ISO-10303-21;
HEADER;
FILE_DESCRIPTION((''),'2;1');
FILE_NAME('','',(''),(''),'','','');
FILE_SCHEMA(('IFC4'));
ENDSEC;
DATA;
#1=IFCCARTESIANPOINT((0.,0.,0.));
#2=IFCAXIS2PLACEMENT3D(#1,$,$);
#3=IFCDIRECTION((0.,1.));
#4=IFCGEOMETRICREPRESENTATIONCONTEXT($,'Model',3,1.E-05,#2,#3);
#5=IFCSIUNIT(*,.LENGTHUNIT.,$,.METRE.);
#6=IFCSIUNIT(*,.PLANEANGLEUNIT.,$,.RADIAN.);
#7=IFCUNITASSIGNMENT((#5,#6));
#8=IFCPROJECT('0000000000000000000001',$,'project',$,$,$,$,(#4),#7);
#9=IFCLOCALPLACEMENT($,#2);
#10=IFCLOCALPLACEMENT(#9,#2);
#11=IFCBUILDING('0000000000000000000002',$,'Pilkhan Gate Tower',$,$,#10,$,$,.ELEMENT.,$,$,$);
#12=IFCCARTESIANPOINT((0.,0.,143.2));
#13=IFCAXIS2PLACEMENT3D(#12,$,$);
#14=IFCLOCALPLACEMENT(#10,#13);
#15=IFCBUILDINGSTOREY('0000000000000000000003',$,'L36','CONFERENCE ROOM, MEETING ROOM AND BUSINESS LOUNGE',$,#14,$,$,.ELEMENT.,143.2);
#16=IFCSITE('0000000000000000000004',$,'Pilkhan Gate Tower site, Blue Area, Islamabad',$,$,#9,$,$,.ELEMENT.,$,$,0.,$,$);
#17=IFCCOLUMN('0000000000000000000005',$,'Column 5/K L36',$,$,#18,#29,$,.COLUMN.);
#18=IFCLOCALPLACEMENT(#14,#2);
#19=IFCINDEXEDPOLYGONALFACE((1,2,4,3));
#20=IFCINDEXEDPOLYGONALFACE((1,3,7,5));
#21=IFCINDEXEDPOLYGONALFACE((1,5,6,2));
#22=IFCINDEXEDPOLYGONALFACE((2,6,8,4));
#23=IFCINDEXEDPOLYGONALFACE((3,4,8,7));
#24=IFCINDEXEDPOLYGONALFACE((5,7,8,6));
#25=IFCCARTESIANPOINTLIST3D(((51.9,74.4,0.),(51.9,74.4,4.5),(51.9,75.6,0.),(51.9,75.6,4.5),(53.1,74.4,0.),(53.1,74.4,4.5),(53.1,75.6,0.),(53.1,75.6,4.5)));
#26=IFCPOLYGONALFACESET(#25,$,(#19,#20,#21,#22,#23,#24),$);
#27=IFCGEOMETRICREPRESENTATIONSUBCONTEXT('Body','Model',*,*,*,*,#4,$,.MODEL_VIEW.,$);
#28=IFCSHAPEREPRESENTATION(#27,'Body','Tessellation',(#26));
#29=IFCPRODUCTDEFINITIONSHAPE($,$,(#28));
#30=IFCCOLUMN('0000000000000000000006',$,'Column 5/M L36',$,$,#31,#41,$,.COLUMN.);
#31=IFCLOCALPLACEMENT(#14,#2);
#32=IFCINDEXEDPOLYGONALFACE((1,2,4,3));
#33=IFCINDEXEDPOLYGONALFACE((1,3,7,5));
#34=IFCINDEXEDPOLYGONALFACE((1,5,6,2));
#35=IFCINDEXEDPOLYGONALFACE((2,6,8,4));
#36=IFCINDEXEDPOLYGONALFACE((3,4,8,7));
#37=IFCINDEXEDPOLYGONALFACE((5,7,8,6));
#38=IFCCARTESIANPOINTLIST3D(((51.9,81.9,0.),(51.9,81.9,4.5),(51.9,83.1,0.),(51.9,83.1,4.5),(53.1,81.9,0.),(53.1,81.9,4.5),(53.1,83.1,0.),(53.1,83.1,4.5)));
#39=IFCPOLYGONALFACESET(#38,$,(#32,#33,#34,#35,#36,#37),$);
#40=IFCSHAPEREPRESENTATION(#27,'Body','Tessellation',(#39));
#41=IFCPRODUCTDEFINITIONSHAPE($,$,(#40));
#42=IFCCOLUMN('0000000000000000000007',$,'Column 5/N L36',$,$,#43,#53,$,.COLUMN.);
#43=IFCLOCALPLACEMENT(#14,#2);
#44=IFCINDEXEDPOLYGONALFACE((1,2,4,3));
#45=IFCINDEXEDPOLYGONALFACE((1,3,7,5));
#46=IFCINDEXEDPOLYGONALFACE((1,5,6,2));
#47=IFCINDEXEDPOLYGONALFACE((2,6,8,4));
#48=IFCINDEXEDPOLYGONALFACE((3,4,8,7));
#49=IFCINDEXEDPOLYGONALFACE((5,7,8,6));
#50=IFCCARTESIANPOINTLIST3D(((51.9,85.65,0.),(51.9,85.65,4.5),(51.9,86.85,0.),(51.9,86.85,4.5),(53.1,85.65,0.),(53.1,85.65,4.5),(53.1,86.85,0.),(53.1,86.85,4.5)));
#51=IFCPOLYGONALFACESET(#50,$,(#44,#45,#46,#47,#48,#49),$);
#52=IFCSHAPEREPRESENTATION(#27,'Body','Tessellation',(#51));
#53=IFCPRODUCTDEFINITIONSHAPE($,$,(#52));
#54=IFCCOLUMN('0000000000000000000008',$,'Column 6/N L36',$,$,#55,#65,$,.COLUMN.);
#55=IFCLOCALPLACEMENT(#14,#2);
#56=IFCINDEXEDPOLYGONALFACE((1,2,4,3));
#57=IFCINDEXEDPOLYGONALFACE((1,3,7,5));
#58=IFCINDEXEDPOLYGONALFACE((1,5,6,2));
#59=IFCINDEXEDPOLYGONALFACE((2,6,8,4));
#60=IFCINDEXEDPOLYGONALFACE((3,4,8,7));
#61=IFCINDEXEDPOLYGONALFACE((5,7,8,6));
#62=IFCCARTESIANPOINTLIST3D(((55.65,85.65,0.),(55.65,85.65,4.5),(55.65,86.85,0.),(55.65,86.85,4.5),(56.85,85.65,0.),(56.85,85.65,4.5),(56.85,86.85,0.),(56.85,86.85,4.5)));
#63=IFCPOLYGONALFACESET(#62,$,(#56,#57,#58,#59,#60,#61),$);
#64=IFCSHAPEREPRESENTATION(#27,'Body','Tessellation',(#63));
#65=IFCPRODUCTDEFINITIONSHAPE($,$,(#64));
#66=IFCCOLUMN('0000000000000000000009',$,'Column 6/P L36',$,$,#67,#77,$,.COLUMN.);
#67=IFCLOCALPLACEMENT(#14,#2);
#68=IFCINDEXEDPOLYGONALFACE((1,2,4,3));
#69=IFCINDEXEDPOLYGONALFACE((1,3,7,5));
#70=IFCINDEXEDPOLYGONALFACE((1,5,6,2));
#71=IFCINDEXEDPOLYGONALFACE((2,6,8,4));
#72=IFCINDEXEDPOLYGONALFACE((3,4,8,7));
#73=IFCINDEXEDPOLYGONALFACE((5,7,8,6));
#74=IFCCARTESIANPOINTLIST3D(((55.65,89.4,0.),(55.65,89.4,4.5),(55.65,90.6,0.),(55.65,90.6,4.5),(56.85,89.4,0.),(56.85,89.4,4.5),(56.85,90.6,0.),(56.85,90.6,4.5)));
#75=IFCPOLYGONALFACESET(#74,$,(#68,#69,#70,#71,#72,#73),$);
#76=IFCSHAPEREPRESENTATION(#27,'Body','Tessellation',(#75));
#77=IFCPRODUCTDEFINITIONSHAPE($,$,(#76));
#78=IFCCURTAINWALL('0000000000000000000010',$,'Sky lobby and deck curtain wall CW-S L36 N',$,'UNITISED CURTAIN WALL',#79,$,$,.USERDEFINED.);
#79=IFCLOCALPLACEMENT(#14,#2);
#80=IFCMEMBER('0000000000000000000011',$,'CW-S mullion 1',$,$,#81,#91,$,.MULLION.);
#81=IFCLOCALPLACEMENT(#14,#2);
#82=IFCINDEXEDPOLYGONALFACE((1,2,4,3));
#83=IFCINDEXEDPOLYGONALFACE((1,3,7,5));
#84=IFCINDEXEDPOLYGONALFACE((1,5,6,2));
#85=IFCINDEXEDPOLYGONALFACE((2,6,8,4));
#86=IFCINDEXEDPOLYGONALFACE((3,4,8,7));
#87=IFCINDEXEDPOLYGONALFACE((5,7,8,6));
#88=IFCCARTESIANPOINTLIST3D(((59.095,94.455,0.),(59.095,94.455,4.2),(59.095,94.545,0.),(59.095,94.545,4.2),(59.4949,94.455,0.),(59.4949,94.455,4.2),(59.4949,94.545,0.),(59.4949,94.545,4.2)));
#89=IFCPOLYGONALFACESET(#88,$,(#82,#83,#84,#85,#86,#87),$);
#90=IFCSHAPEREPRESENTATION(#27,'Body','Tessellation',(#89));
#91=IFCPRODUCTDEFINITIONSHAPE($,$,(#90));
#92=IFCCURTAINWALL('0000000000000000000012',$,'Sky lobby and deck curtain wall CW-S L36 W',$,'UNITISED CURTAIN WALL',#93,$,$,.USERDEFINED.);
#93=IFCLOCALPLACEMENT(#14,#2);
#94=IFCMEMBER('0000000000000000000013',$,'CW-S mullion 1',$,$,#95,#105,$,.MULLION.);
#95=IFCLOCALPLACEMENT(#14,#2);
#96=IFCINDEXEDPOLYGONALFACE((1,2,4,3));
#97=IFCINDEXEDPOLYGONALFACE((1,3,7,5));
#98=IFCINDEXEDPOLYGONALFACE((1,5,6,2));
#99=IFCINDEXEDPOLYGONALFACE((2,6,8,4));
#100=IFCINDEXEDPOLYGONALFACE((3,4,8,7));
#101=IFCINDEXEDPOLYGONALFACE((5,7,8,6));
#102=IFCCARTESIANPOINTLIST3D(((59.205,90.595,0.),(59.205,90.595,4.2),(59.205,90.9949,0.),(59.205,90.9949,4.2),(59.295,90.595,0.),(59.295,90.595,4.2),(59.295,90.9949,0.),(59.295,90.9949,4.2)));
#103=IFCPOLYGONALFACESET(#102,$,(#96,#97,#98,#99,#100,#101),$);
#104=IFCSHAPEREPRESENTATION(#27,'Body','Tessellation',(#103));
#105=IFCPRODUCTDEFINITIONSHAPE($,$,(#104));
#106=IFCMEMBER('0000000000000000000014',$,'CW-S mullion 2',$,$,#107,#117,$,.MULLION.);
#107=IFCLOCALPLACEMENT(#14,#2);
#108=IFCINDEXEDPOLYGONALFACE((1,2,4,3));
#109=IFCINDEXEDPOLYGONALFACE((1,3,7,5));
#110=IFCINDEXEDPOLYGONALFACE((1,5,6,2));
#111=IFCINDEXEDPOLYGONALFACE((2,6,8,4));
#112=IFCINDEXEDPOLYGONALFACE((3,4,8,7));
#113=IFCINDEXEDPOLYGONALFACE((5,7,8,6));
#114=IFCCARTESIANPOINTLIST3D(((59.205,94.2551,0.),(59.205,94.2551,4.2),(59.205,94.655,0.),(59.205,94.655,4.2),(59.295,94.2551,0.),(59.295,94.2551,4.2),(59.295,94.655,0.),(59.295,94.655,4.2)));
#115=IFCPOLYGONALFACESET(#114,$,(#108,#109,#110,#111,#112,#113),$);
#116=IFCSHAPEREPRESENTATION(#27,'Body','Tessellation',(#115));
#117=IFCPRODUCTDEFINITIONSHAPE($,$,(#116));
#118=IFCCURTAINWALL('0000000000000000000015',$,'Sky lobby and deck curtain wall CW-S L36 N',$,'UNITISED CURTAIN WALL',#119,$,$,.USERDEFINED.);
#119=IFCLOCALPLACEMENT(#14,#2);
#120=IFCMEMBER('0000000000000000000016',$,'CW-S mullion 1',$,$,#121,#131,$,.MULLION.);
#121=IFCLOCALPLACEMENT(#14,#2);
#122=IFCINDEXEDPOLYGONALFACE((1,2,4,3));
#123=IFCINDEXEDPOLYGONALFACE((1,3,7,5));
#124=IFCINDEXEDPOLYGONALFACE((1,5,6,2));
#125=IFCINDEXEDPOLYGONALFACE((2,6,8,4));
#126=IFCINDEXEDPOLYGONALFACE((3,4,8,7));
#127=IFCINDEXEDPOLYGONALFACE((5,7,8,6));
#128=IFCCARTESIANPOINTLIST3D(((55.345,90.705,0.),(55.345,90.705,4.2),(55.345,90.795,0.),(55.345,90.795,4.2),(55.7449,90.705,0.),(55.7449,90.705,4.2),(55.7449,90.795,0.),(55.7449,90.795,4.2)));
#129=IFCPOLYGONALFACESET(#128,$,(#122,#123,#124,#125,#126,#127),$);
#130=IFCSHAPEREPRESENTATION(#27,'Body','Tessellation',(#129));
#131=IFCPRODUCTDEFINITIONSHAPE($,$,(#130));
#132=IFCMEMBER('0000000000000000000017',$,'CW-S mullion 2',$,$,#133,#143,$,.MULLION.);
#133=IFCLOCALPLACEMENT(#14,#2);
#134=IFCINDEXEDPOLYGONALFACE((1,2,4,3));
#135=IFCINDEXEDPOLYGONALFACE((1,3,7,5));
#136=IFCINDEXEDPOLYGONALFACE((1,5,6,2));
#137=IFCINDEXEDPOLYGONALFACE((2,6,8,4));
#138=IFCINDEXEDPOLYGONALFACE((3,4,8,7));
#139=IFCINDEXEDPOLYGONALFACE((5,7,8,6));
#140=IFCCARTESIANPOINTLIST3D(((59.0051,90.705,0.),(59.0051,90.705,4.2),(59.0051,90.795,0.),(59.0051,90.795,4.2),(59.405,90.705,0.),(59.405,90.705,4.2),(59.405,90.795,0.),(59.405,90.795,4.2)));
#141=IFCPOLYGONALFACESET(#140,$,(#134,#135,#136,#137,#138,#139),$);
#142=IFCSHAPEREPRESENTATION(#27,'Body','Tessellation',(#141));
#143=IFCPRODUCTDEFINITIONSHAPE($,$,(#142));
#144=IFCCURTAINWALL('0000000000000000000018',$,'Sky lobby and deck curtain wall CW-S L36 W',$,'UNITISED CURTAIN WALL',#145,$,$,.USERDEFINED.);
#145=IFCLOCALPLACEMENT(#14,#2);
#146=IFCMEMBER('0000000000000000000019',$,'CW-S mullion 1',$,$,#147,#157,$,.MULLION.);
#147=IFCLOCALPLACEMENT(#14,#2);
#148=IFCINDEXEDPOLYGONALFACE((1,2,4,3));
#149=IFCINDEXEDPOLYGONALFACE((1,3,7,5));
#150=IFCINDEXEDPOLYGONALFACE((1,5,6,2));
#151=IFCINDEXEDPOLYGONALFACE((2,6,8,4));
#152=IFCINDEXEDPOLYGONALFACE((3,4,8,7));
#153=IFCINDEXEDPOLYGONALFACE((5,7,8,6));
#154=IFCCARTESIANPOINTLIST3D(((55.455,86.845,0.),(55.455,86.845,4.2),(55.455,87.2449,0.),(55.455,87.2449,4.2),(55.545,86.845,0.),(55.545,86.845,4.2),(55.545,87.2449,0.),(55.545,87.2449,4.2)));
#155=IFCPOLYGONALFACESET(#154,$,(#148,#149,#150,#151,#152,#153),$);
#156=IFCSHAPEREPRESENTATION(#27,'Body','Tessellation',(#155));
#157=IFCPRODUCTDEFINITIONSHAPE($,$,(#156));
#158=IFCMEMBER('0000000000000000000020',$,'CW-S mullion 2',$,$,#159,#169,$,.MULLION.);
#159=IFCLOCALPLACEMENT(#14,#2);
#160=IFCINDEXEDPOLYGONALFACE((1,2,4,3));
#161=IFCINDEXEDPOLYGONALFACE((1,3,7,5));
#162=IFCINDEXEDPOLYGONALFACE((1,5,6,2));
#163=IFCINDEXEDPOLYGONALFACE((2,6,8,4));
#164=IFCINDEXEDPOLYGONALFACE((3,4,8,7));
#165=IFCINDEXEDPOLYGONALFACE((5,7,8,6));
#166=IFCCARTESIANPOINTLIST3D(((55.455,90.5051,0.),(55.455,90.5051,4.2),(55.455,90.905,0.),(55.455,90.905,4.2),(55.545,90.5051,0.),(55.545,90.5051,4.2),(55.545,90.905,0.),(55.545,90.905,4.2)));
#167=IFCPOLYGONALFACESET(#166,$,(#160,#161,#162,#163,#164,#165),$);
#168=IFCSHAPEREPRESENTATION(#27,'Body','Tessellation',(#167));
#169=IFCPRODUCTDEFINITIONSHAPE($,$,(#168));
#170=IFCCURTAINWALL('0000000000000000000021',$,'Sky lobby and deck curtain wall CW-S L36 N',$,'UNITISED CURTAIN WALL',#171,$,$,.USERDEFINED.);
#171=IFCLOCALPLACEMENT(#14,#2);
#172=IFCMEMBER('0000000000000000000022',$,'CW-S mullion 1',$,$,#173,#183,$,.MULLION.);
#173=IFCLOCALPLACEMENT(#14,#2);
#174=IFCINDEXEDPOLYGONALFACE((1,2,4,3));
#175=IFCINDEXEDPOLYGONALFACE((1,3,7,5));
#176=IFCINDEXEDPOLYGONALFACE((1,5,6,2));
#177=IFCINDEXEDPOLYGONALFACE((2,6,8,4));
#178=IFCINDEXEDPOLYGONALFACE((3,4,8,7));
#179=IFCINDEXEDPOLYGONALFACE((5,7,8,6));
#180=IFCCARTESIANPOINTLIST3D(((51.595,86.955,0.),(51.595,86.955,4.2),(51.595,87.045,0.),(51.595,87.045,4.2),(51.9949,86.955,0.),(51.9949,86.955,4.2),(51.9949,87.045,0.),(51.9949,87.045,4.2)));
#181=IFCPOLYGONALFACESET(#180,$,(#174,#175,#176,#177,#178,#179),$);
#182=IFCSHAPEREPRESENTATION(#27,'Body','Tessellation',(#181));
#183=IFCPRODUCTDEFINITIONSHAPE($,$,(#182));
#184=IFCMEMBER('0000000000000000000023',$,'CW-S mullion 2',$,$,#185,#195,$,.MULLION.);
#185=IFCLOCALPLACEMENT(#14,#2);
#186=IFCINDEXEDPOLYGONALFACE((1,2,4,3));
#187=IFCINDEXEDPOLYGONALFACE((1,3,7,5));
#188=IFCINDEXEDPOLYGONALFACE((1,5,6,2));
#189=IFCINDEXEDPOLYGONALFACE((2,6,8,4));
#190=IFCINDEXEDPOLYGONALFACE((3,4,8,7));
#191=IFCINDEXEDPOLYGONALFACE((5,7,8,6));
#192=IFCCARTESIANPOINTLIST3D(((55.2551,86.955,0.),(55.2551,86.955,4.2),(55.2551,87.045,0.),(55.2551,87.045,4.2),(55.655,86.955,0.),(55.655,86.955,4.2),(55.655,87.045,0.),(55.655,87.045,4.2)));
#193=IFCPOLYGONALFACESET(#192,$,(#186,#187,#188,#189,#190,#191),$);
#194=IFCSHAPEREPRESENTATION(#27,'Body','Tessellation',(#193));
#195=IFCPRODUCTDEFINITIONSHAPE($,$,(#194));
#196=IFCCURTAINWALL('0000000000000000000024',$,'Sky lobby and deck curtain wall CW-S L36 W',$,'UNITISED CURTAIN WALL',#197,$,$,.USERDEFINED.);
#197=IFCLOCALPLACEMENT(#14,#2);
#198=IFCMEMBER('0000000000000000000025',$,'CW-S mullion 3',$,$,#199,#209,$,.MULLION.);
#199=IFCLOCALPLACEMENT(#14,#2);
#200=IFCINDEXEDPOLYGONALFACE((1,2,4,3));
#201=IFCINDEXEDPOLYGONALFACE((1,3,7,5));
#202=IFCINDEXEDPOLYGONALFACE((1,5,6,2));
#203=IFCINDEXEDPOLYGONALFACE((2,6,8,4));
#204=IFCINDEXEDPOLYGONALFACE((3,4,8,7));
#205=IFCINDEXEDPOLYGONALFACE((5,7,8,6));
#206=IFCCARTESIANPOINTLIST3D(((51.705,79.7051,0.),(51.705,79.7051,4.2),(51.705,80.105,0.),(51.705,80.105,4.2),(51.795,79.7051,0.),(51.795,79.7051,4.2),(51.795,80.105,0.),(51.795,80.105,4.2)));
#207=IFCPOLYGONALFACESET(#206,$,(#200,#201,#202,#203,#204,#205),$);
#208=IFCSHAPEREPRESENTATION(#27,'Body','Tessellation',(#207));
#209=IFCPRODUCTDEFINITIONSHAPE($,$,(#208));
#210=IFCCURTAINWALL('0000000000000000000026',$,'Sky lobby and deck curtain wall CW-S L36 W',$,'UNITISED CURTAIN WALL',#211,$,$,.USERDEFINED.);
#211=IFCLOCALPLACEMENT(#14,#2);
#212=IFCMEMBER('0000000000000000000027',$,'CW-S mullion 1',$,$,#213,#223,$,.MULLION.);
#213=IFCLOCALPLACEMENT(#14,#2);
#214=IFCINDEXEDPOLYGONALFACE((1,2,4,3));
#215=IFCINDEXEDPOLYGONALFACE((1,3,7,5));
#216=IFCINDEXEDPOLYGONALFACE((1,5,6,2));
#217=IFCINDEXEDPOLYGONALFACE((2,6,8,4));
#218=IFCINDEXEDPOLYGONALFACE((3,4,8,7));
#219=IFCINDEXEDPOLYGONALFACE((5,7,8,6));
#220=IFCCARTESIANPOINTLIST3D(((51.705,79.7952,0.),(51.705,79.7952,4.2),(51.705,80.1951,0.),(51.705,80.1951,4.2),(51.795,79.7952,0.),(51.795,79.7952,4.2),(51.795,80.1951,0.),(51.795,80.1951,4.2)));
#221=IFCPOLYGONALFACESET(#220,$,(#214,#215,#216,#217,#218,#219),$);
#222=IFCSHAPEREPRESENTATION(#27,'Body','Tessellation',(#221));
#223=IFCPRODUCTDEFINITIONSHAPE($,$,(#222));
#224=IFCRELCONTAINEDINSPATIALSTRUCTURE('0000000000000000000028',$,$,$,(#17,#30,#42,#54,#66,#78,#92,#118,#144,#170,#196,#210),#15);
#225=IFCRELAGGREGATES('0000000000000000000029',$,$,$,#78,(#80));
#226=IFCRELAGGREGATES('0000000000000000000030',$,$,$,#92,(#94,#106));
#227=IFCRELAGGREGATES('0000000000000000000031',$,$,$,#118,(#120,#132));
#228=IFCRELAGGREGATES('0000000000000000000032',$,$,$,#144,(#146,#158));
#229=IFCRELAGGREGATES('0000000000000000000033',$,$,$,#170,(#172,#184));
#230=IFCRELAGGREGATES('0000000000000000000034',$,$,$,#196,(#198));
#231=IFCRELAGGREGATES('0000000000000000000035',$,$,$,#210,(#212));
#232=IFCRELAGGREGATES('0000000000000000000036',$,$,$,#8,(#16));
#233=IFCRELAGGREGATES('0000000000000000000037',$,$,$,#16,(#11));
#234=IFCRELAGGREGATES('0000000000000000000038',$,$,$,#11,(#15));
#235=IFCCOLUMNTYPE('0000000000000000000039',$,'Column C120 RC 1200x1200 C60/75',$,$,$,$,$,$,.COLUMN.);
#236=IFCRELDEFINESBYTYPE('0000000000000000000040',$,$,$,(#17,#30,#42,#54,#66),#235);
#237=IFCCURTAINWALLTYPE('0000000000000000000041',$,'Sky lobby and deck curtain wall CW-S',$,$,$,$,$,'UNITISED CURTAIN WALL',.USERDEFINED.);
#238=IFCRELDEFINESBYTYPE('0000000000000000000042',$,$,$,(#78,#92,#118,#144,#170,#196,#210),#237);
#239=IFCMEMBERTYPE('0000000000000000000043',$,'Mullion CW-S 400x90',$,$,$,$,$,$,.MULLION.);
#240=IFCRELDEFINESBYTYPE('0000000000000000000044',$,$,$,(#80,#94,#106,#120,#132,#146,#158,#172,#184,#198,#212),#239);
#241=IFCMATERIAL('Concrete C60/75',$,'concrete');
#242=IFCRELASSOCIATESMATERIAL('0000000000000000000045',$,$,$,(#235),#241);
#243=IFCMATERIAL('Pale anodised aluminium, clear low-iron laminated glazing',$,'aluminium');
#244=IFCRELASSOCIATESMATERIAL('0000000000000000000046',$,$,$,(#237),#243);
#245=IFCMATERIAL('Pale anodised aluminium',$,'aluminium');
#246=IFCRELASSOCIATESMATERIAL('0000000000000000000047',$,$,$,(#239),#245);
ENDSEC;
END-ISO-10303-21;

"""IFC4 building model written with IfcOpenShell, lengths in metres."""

from ifc_helpers import new_model, si_unit, direction, frame, origin, origin_2d, place, context, subcontext, project, spatial, rectangle, extrude, material, material_profile, profile_set, type_object, element, aggregate, save


model = new_model("IFC4")

# Units and contexts
model_context = context("Model", 3, precision=1e-05, world=origin(), true_north=direction((0.0, 1.0)))
body_context = subcontext(model_context, "Body", "Model", "MODEL_VIEW")
ifc_project = project(units=[si_unit("LENGTHUNIT", "METRE"), si_unit("PLANEANGLEUNIT", "RADIAN")], contexts=[model_context])

# Site, building, storey
site_placement = place(None, origin())
site = spatial("IfcSite", under=ifc_project, at=site_placement, Name="Pilkhan Gate Tower site, Blue Area, Islamabad", CompositionType="ELEMENT", RefElevation=0.0)
building_placement = place(site_placement, origin())
building = spatial("IfcBuilding", under=site, at=building_placement, Name="Pilkhan Gate Tower", CompositionType="ELEMENT")
storey_placement = place(building_placement, frame((0.0, 0.0, 143.2)))
storey = spatial("IfcBuildingStorey", under=building, at=storey_placement, Name="L36", Description="CONFERENCE ROOM, MEETING ROOM AND BUSINESS LOUNGE", CompositionType="ELEMENT", Elevation=143.2)

# Columns
ifc_material_1 = material(Name="Concrete C60/75", Category="concrete")
ifc_material_profile_1 = material_profile(ifc_material_1, rectangle(XDim=1.2, YDim=1.2, at=origin_2d()), Name="RC 1200x1200")
ifc_profile_set_1 = profile_set([ifc_material_profile_1], Name="Concrete C60/75")
column_type = type_object("IfcColumnType", Name="Column C120 RC 1200x1200 C60/75", PredefinedType="COLUMN", material=ifc_profile_set_1)
for number, where, z_axis, x_axis, name in (
    (1, (52.5, 75.0, 0.0), (0.0, 0.0, 1.0), (1.0, 0.0, 0.0), "Column 5/K L36"),
    (2, (52.5, 82.5, 0.0), (0.0, 0.0, 1.0), (1.0, 0.0, 0.0), "Column 5/M L36"),
    (3, (52.5, 86.25, 0.0), (0.0, 0.0, 1.0), (1.0, 0.0, 0.0), "Column 5/N L36"),
    (4, (56.25, 86.25, 0.0), (0.0, 0.0, 1.0), (1.0, 0.0, 0.0), "Column 6/N L36"),
    (5, (56.25, 90.0, 0.0), (0.0, 0.0, 1.0), (1.0, 0.0, 0.0), "Column 6/P L36"),
):
    element("IfcColumn", number, at=place(storey_placement, frame(where, z_axis=z_axis, x_axis=x_axis)), inside=storey, type_object=column_type, Name=name, PredefinedType="COLUMN", context=body_context, shape_type="SweptSolid", body=[
        extrude(rectangle(XDim=1.2, YDim=1.2, at=origin_2d()), origin(), (0.0, 0.0, 1.0), 4.5),
    ])

# Curtain wall, member
ifc_material_2 = material(Name="Pale anodised aluminium, clear low-iron laminated glazing", Category="aluminium")
curtain_wall_type = type_object("IfcCurtainWallType", Name="Sky lobby and deck curtain wall CW-S", ElementType="UNITISED CURTAIN WALL", PredefinedType="USERDEFINED", material=ifc_material_2)
curtain_wall_1_placement = place(storey_placement, origin())
curtain_wall_1 = element("IfcCurtainWall", 6, at=curtain_wall_1_placement, inside=storey, type_object=curtain_wall_type, Name="Sky lobby and deck curtain wall CW-S L36 N", ObjectType="UNITISED CURTAIN WALL", PredefinedType="USERDEFINED")
ifc_material_3 = material(Name="Pale anodised aluminium", Category="aluminium")
ifc_material_profile_2 = material_profile(ifc_material_3, rectangle(XDim=0.0901, YDim=0.3999, at=origin_2d()), Name="Mullion 400x90")
ifc_profile_set_2 = profile_set([ifc_material_profile_2], Name="Pale anodised aluminium")
member_type_1 = type_object("IfcMemberType", Name="Mullion CW-S 400x90", PredefinedType="MULLION", material=ifc_profile_set_2)
member_1_placement = place(storey_placement, frame((59.2949, 94.5, 0.0), z_axis=(0.0, 0.0, 1.0), x_axis=(0.0, 1.0, 0.0)))
member_1 = element("IfcMember", 7, at=member_1_placement, type_object=member_type_1, Name="CW-S mullion 1", PredefinedType="MULLION", context=body_context, shape_type="SweptSolid", body=[
    extrude(rectangle(XDim=0.0901, YDim=0.3999, at=origin_2d()), origin(), (0.0, 0.0, 1.0), 4.2),
])

# Curtain walls, members
curtain_wall_2_placement = place(storey_placement, origin())
curtain_wall_2 = element("IfcCurtainWall", 8, at=curtain_wall_2_placement, inside=storey, type_object=curtain_wall_type, Name="Sky lobby and deck curtain wall CW-S L36 W", ObjectType="UNITISED CURTAIN WALL", PredefinedType="USERDEFINED")
member_2_placement = place(storey_placement, frame((59.25, 90.7949, 0.0), z_axis=(0.0, 0.0, 1.0), x_axis=(-1.0, 0.0, 0.0)))
member_2 = element("IfcMember", 9, at=member_2_placement, type_object=member_type_1, Name="CW-S mullion 1", PredefinedType="MULLION", context=body_context, shape_type="SweptSolid", body=[
    extrude(rectangle(XDim=0.0901, YDim=0.3999, at=origin_2d()), origin(), (0.0, 0.0, 1.0), 4.2),
])
member_3_placement = place(storey_placement, frame((59.25, 94.4551, 0.0), z_axis=(0.0, 0.0, 1.0), x_axis=(-1.0, 0.0, 0.0)))
member_3 = element("IfcMember", 10, at=member_3_placement, type_object=member_type_1, Name="CW-S mullion 2", PredefinedType="MULLION", context=body_context, shape_type="SweptSolid", body=[
    extrude(rectangle(XDim=0.0901, YDim=0.3999, at=origin_2d()), origin(), (0.0, 0.0, 1.0), 4.2),
])
curtain_wall_3_placement = place(storey_placement, origin())
curtain_wall_3 = element("IfcCurtainWall", 11, at=curtain_wall_3_placement, inside=storey, type_object=curtain_wall_type, Name="Sky lobby and deck curtain wall CW-S L36 N", ObjectType="UNITISED CURTAIN WALL", PredefinedType="USERDEFINED")
member_4_placement = place(storey_placement, frame((55.5449, 90.75, 0.0), z_axis=(0.0, 0.0, 1.0), x_axis=(0.0, 1.0, 0.0)))
member_4 = element("IfcMember", 12, at=member_4_placement, type_object=member_type_1, Name="CW-S mullion 1", PredefinedType="MULLION", context=body_context, shape_type="SweptSolid", body=[
    extrude(rectangle(XDim=0.0901, YDim=0.3999, at=origin_2d()), origin(), (0.0, 0.0, 1.0), 4.2),
])
member_5_placement = place(storey_placement, frame((59.2051, 90.75, 0.0), z_axis=(0.0, 0.0, 1.0), x_axis=(0.0, 1.0, 0.0)))
member_5 = element("IfcMember", 13, at=member_5_placement, type_object=member_type_1, Name="CW-S mullion 2", PredefinedType="MULLION", context=body_context, shape_type="SweptSolid", body=[
    extrude(rectangle(XDim=0.0901, YDim=0.3999, at=origin_2d()), origin(), (0.0, 0.0, 1.0), 4.2),
])
curtain_wall_4_placement = place(storey_placement, origin())
curtain_wall_4 = element("IfcCurtainWall", 14, at=curtain_wall_4_placement, inside=storey, type_object=curtain_wall_type, Name="Sky lobby and deck curtain wall CW-S L36 W", ObjectType="UNITISED CURTAIN WALL", PredefinedType="USERDEFINED")
member_6_placement = place(storey_placement, frame((55.5, 87.0449, 0.0), z_axis=(0.0, 0.0, 1.0), x_axis=(-1.0, 0.0, 0.0)))
member_6 = element("IfcMember", 15, at=member_6_placement, type_object=member_type_1, Name="CW-S mullion 1", PredefinedType="MULLION", context=body_context, shape_type="SweptSolid", body=[
    extrude(rectangle(XDim=0.0901, YDim=0.3999, at=origin_2d()), origin(), (0.0, 0.0, 1.0), 4.2),
])
member_7_placement = place(storey_placement, frame((55.5, 90.7051, 0.0), z_axis=(0.0, 0.0, 1.0), x_axis=(-1.0, 0.0, 0.0)))
member_7 = element("IfcMember", 16, at=member_7_placement, type_object=member_type_1, Name="CW-S mullion 2", PredefinedType="MULLION", context=body_context, shape_type="SweptSolid", body=[
    extrude(rectangle(XDim=0.0901, YDim=0.3999, at=origin_2d()), origin(), (0.0, 0.0, 1.0), 4.2),
])
curtain_wall_5_placement = place(storey_placement, origin())
curtain_wall_5 = element("IfcCurtainWall", 17, at=curtain_wall_5_placement, inside=storey, type_object=curtain_wall_type, Name="Sky lobby and deck curtain wall CW-S L36 N", ObjectType="UNITISED CURTAIN WALL", PredefinedType="USERDEFINED")
member_8_placement = place(storey_placement, frame((51.7949, 87.0, 0.0), z_axis=(0.0, 0.0, 1.0), x_axis=(0.0, 1.0, 0.0)))
member_8 = element("IfcMember", 18, at=member_8_placement, type_object=member_type_1, Name="CW-S mullion 1", PredefinedType="MULLION", context=body_context, shape_type="SweptSolid", body=[
    extrude(rectangle(XDim=0.0901, YDim=0.3999, at=origin_2d()), origin(), (0.0, 0.0, 1.0), 4.2),
])
member_9_placement = place(storey_placement, frame((55.4551, 87.0, 0.0), z_axis=(0.0, 0.0, 1.0), x_axis=(0.0, 1.0, 0.0)))
member_9 = element("IfcMember", 19, at=member_9_placement, type_object=member_type_1, Name="CW-S mullion 2", PredefinedType="MULLION", context=body_context, shape_type="SweptSolid", body=[
    extrude(rectangle(XDim=0.0901, YDim=0.3999, at=origin_2d()), origin(), (0.0, 0.0, 1.0), 4.2),
])

# Curtain wall, member
curtain_wall_6_placement = place(storey_placement, origin())
curtain_wall_6 = element("IfcCurtainWall", 20, at=curtain_wall_6_placement, inside=storey, type_object=curtain_wall_type, Name="Sky lobby and deck curtain wall CW-S L36 W", ObjectType="UNITISED CURTAIN WALL", PredefinedType="USERDEFINED")
member_10_placement = place(storey_placement, frame((51.75, 79.905, 0.0), z_axis=(0.0, 0.0, 1.0), x_axis=(-1.0, 0.0, 0.0)))
member_10 = element("IfcMember", 21, at=member_10_placement, type_object=member_type_1, Name="CW-S mullion 3", PredefinedType="MULLION", context=body_context, shape_type="SweptSolid", body=[
    extrude(rectangle(XDim=0.0901, YDim=0.3999, at=origin_2d()), origin(), (0.0, 0.0, 1.0), 4.2),
])

# Curtain wall, member
curtain_wall_7_placement = place(storey_placement, origin())
curtain_wall_7 = element("IfcCurtainWall", 22, at=curtain_wall_7_placement, inside=storey, type_object=curtain_wall_type, Name="Sky lobby and deck curtain wall CW-S L36 W", ObjectType="UNITISED CURTAIN WALL", PredefinedType="USERDEFINED")
member_11_placement = place(storey_placement, frame((51.75, 79.9951, 0.0), z_axis=(0.0, 0.0, 1.0), x_axis=(-1.0, 0.0, 0.0)))
member_11 = element("IfcMember", 23, at=member_11_placement, type_object=member_type_1, Name="CW-S mullion 1", PredefinedType="MULLION", context=body_context, shape_type="SweptSolid", body=[
    extrude(rectangle(XDim=0.0901, YDim=0.3999, at=origin_2d()), origin(), (0.0, 0.0, 1.0), 4.2),
])

aggregate(curtain_wall_1, [member_1])

aggregate(curtain_wall_2, [member_2, member_3])
aggregate(curtain_wall_3, [member_4, member_5])
aggregate(curtain_wall_4, [member_6, member_7])
aggregate(curtain_wall_5, [member_8, member_9])
aggregate(curtain_wall_6, [member_10])
aggregate(curtain_wall_7, [member_11])

save(model, "model.ifc")
